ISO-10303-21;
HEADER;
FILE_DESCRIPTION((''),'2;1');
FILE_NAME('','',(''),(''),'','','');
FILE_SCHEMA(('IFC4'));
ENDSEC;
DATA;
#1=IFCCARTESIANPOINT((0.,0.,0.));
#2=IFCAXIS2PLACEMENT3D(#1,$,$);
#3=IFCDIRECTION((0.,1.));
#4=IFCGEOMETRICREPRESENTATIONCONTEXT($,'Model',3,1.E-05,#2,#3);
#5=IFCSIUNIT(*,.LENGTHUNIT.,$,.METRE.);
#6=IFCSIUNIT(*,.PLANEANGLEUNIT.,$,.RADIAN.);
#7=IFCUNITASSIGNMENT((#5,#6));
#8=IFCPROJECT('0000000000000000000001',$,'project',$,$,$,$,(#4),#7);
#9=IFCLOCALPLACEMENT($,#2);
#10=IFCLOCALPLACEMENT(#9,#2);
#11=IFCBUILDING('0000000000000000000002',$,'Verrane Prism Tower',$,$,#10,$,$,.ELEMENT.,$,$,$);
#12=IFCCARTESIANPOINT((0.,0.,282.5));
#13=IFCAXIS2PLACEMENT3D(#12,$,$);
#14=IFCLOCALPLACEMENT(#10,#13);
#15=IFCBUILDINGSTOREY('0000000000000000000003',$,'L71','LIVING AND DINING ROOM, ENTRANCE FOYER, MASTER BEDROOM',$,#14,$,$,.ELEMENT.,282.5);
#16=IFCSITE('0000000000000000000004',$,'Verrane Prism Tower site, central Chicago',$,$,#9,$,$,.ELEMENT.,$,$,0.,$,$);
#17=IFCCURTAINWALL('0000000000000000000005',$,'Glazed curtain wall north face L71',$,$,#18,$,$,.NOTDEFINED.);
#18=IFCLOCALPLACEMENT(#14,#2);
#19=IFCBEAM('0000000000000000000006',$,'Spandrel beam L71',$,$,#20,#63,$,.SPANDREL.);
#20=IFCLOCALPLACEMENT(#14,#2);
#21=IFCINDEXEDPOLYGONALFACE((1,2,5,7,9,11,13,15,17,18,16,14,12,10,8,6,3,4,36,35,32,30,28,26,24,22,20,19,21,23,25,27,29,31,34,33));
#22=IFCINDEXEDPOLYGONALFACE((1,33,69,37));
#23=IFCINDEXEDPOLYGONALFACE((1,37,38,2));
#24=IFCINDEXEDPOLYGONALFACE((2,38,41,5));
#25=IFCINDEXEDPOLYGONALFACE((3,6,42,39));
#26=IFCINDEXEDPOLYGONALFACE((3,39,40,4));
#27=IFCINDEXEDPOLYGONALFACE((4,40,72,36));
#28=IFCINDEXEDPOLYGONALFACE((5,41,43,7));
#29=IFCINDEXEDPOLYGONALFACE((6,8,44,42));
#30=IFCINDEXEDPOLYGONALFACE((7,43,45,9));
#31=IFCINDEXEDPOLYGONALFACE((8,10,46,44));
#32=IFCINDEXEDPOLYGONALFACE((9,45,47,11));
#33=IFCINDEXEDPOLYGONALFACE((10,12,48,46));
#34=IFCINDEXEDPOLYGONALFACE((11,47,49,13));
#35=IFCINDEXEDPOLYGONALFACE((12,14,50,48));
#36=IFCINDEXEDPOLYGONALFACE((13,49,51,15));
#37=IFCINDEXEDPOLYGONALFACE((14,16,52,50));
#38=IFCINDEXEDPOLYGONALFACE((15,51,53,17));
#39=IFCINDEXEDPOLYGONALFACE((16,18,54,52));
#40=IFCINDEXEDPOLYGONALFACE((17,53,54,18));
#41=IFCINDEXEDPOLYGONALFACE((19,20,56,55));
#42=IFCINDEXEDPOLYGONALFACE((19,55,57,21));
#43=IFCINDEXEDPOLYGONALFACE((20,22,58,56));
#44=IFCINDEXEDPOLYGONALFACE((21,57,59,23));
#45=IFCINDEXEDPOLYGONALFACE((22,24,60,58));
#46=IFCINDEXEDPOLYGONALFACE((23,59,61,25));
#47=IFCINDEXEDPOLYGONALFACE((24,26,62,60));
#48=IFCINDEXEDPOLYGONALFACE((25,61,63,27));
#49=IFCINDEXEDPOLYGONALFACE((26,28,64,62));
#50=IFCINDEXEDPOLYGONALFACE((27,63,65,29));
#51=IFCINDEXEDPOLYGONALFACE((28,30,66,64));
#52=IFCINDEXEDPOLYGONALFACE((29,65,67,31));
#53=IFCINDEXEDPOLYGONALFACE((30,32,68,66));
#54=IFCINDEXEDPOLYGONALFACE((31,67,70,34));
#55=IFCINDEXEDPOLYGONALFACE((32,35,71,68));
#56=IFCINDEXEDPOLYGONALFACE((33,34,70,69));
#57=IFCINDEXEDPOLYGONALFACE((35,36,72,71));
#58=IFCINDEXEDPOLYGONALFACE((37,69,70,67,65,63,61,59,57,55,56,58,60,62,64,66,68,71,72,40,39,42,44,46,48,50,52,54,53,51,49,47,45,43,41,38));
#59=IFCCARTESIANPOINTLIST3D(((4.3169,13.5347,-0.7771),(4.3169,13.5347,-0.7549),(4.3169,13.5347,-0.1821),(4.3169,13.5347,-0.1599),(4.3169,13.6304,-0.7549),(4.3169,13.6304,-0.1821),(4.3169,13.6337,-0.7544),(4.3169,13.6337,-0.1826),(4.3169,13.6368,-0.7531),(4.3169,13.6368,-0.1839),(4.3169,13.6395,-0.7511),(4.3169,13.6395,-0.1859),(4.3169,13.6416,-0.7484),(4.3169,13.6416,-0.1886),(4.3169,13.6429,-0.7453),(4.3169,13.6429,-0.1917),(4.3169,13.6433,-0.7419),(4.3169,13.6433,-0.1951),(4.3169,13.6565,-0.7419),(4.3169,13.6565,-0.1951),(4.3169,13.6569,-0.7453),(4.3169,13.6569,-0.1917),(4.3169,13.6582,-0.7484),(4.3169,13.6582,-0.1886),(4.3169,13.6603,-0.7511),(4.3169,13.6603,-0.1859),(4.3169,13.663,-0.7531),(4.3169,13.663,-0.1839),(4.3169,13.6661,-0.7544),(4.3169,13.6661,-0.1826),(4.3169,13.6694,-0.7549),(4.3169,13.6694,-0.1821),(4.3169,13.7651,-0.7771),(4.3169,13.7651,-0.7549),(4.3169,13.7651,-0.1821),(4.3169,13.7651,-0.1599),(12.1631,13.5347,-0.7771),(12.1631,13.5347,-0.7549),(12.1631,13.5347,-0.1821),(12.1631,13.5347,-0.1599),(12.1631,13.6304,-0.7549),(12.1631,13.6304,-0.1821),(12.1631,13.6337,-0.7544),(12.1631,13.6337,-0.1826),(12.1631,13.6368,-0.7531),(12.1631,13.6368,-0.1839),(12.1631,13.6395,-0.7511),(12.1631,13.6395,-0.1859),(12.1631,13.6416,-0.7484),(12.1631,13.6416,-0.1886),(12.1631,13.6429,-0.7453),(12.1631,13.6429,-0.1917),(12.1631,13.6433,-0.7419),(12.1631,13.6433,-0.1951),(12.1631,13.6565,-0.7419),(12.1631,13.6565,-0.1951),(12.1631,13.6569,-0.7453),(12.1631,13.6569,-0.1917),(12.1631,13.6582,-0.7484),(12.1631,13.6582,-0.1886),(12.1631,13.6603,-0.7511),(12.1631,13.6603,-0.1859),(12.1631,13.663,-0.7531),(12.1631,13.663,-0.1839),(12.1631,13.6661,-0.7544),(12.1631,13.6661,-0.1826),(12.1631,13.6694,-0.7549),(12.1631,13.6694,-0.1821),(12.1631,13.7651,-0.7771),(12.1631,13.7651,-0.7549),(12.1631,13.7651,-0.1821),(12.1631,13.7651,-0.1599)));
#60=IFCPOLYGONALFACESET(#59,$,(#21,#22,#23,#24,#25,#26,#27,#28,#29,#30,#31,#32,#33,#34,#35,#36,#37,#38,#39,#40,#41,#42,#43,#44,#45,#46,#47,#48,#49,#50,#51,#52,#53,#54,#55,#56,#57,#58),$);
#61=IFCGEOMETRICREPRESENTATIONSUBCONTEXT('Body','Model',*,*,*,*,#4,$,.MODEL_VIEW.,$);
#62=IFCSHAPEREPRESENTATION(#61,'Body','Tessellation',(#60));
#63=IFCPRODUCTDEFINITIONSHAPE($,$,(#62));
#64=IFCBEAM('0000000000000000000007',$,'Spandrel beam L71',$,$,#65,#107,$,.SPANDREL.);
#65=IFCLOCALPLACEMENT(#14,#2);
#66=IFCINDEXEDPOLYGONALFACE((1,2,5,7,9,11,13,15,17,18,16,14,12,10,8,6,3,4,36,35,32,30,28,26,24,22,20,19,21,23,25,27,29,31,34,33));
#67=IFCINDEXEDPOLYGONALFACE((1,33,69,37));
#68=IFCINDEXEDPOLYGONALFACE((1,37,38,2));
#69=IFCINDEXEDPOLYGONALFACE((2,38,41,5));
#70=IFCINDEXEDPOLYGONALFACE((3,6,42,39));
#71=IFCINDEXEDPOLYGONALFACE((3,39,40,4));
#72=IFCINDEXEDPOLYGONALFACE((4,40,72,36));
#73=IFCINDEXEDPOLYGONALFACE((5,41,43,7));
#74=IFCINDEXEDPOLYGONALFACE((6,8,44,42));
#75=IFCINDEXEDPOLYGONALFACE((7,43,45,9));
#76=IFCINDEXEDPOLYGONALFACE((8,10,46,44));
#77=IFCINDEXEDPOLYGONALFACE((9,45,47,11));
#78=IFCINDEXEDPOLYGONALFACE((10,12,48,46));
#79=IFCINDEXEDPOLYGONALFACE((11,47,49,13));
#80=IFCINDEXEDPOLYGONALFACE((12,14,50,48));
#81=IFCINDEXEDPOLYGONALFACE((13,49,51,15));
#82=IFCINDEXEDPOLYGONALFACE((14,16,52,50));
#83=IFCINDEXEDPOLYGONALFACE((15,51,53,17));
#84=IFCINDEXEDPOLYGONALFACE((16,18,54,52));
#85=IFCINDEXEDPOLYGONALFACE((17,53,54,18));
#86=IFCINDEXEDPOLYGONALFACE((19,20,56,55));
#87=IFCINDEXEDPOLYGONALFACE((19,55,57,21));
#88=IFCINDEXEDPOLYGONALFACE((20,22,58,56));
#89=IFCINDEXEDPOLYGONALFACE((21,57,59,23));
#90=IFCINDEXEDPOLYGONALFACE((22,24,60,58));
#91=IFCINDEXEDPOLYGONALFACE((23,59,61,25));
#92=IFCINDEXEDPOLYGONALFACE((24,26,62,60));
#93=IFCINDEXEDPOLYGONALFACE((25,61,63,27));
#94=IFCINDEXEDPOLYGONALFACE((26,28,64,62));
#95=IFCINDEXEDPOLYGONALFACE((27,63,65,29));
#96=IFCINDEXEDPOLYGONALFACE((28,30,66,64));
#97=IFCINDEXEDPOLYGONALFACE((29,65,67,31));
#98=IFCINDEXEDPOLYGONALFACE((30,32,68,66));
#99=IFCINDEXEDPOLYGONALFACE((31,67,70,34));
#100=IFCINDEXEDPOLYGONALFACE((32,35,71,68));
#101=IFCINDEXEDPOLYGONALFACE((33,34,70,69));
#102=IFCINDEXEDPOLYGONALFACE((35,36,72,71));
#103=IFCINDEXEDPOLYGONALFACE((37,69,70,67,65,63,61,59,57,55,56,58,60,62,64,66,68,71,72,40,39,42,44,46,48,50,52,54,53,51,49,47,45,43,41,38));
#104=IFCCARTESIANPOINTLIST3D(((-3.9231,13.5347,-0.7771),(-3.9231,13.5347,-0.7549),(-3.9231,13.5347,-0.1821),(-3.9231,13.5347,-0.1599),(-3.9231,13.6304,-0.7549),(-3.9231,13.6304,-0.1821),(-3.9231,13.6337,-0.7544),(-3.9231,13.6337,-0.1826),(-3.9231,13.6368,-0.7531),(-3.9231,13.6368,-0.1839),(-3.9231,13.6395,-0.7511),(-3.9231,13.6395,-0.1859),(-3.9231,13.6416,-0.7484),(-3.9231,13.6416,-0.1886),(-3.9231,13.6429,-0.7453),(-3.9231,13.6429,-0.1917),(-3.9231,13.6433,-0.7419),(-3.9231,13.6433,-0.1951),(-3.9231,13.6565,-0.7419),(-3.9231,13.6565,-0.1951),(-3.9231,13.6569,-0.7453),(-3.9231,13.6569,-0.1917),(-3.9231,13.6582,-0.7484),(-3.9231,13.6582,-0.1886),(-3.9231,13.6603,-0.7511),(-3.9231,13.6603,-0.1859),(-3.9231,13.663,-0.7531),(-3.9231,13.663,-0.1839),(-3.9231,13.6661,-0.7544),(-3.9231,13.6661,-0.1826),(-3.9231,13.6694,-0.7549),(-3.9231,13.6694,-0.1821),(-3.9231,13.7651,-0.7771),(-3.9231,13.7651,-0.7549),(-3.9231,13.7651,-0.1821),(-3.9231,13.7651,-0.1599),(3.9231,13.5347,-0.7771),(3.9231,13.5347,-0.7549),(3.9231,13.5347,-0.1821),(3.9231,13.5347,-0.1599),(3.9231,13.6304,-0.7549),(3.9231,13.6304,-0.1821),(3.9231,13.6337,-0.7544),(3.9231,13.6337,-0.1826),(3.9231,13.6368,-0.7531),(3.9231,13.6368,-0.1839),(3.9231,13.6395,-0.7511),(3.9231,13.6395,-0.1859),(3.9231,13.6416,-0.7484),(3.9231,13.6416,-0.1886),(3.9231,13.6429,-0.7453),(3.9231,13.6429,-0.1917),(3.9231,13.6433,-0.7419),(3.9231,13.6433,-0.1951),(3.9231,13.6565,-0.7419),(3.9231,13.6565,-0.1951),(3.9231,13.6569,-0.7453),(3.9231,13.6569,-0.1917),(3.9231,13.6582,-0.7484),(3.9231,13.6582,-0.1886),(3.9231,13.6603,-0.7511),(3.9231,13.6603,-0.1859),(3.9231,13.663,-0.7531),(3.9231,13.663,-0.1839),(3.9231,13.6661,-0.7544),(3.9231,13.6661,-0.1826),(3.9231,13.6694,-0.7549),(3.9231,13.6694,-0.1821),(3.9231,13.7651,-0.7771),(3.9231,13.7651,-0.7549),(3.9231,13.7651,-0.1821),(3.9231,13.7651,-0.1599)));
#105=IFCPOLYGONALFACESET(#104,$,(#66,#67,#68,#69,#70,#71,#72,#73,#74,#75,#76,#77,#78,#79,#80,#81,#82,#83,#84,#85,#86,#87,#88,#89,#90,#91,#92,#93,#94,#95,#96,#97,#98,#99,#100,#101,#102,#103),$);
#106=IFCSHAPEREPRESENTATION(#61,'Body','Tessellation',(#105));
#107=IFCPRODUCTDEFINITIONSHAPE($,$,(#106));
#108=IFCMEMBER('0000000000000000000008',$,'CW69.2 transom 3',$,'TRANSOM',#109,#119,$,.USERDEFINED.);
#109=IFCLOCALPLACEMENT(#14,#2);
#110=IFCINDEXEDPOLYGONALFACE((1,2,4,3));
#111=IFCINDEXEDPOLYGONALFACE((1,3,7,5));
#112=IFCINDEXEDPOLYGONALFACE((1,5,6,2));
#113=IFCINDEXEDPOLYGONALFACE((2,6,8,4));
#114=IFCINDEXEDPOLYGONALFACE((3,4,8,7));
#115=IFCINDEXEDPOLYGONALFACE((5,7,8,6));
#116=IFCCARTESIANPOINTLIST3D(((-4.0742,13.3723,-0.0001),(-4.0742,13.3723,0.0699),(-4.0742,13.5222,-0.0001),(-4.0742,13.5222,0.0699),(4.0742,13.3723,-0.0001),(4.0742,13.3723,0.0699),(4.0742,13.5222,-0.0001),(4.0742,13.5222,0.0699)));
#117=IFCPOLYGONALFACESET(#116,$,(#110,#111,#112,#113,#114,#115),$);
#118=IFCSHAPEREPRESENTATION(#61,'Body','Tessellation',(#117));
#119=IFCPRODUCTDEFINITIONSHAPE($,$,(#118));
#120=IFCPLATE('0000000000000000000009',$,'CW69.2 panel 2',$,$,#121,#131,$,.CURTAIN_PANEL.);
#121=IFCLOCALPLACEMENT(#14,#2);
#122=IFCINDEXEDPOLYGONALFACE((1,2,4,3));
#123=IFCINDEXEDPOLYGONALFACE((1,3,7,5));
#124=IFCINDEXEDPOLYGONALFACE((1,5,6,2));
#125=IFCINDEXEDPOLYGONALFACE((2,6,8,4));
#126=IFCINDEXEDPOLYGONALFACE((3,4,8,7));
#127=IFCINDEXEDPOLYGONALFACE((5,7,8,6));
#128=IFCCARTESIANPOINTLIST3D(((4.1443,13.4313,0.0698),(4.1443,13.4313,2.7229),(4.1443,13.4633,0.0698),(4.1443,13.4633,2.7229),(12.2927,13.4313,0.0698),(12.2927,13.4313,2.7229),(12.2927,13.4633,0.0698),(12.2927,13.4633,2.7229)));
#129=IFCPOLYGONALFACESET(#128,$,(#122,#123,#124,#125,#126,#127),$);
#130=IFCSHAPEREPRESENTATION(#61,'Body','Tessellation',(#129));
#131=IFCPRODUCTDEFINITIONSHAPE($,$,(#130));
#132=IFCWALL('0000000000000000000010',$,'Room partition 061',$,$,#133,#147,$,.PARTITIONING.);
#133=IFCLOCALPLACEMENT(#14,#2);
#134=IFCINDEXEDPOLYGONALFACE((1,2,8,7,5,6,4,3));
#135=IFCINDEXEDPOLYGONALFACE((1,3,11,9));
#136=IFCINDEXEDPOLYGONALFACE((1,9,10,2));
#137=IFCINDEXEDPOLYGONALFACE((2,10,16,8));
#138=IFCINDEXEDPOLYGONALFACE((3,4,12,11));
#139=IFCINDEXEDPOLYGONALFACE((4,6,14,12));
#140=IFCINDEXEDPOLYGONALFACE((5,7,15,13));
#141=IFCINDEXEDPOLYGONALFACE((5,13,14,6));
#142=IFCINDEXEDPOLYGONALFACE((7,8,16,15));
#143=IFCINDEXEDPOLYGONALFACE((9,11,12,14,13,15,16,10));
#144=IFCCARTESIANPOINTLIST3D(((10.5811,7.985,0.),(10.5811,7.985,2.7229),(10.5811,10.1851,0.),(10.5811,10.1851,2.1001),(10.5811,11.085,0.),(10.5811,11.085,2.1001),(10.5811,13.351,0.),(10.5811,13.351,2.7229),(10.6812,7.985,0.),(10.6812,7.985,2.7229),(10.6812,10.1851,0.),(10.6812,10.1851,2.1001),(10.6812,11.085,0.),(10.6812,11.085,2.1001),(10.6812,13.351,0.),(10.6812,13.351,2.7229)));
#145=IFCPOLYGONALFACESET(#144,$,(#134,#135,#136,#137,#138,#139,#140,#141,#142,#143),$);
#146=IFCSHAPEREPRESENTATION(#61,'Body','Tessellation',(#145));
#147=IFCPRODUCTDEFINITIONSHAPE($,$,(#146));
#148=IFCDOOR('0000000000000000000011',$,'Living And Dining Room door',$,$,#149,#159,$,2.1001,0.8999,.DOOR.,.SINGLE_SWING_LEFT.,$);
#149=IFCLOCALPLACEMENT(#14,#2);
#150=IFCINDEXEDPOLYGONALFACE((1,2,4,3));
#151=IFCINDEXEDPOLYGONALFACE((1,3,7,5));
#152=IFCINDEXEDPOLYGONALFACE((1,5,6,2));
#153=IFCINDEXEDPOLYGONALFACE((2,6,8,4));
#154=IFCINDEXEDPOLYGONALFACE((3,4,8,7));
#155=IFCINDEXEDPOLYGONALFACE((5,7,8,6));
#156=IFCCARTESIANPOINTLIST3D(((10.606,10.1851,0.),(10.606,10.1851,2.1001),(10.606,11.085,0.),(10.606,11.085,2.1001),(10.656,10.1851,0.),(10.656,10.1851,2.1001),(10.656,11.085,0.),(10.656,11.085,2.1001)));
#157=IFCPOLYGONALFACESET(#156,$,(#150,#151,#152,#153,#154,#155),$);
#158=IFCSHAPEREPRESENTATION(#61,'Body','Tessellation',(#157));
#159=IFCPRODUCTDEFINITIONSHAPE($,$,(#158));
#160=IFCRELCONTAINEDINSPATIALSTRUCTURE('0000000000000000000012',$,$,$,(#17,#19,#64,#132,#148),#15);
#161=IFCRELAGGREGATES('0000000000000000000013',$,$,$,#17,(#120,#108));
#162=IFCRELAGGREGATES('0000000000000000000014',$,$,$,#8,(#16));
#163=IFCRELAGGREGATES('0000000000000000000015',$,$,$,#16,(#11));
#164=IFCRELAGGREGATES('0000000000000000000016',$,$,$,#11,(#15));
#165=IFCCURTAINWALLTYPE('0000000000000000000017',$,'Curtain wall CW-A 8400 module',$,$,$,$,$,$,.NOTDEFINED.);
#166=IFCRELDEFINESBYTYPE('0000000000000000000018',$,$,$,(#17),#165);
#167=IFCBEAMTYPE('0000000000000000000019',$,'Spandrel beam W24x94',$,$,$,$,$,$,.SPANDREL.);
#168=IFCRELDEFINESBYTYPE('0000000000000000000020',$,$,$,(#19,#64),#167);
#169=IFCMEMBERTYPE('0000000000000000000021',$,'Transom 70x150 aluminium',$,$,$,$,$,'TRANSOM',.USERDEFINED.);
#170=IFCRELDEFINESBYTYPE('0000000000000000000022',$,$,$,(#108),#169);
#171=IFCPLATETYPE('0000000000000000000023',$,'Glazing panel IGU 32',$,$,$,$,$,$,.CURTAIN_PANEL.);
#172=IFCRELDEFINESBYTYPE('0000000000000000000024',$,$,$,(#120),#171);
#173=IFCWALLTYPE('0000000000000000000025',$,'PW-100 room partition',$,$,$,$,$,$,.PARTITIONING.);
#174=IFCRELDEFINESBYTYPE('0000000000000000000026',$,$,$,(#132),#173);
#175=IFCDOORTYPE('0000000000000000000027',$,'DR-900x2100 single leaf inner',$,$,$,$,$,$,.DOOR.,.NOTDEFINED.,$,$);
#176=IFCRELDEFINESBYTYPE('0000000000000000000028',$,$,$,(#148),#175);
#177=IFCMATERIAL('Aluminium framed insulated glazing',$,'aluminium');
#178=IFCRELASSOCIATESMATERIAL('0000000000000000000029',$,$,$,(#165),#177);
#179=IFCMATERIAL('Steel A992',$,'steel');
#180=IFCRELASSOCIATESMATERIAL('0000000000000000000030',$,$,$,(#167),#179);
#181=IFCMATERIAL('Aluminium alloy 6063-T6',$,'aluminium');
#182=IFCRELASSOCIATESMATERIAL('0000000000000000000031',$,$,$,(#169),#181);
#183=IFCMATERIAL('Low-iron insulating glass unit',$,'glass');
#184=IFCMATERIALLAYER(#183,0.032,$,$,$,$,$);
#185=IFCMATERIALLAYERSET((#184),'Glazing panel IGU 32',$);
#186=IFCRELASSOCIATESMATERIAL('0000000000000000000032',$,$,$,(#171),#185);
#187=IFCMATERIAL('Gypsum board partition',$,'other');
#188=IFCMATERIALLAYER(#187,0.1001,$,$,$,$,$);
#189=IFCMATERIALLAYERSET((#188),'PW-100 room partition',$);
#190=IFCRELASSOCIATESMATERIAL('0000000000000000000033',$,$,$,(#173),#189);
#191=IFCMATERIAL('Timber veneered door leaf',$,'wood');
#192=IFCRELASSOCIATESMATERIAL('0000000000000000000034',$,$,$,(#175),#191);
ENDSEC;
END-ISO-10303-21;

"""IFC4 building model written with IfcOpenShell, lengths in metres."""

from ifc_helpers import new_model, si_unit, direction, frame, frame_2d, origin, origin_2d, place, context, subcontext, project, spatial, rectangle, i_section, extrude, material, layer, layer_set, material_profile, profile_set, type_object, element, fill, aggregate, save


model = new_model("IFC4")

# Units and contexts
model_context = context("Model", 3, precision=1e-05, world=origin(), true_north=direction((0.0, 1.0)))
body_context = subcontext(model_context, "Body", "Model", "MODEL_VIEW")
ifc_project = project(units=[si_unit("LENGTHUNIT", "METRE"), si_unit("PLANEANGLEUNIT", "RADIAN")], contexts=[model_context])

# Site, building, storey
site_placement = place(None, origin())
site = spatial("IfcSite", under=ifc_project, at=site_placement, Name="Verrane Prism Tower site, central Chicago", CompositionType="ELEMENT", RefElevation=0.0)
building_placement = place(site_placement, origin())
building = spatial("IfcBuilding", under=site, at=building_placement, Name="Verrane Prism Tower", CompositionType="ELEMENT")
storey_placement = place(building_placement, frame((0.0, 0.0, 282.5)))
storey = spatial("IfcBuildingStorey", under=building, at=storey_placement, Name="L71", Description="LIVING AND DINING ROOM, ENTRANCE FOYER, MASTER BEDROOM", CompositionType="ELEMENT", Elevation=282.5)

# Curtain wall
ifc_material_1 = material(Name="Aluminium framed insulated glazing", Category="aluminium")
curtain_wall_type = type_object("IfcCurtainWallType", Name="Curtain wall CW-A 8400 module", PredefinedType="NOTDEFINED", material=ifc_material_1)
curtain_wall_placement = place(storey_placement, origin())
curtain_wall = element("IfcCurtainWall", 1, at=curtain_wall_placement, inside=storey, type_object=curtain_wall_type, Name="Glazed curtain wall north face L71", PredefinedType="NOTDEFINED")

# Beams
ifc_material_2 = material(Name="Steel A992", Category="steel")
ifc_material_profile_1 = material_profile(ifc_material_2, i_section(OverallWidth=0.2305, OverallDepth=0.6172, WebThickness=0.0132, FlangeThickness=0.0222, FilletRadius=0.0129, at=origin_2d()), Name="W24x94")
ifc_profile_set_1 = profile_set([ifc_material_profile_1], Name="Steel A992")
beam_type_1 = type_object("IfcBeamType", Name="Spandrel beam W24x94", PredefinedType="SPANDREL", material=ifc_profile_set_1)
for number, where, z_axis, x_axis, name in (
    (2, (12.1631, 13.6499, -0.4685), (-1.0, 0.0, 0.0), (0.0, -1.0, 0.0), "Spandrel beam L71"),
    (3, (3.9231, 13.6499, -0.4685), (-1.0, 0.0, 0.0), (0.0, -1.0, 0.0), "Spandrel beam L71"),
):
    element("IfcBeam", number, at=place(storey_placement, frame(where, z_axis=z_axis, x_axis=x_axis)), inside=storey, type_object=beam_type_1, Name=name, PredefinedType="SPANDREL", context=body_context, shape_type="SweptSolid", body=[
        extrude(i_section(OverallWidth=0.2305, OverallDepth=0.6172, WebThickness=0.0132, FlangeThickness=0.0222, FilletRadius=0.0129, at=origin_2d()), origin(), (0.0, 0.0, 1.0), 7.8462),
    ])

# Member
ifc_material_3 = material(Name="Aluminium alloy 6063-T6", Category="aluminium")
ifc_material_profile_2 = material_profile(ifc_material_3, rectangle(XDim=0.1499, YDim=0.0701, at=origin_2d()), Name="Transom 70x150 aluminium")
ifc_profile_set_2 = profile_set([ifc_material_profile_2], Name="Aluminium alloy 6063-T6")
member_type_1 = type_object("IfcMemberType", Name="Transom 70x150 aluminium", ElementType="TRANSOM", PredefinedType="USERDEFINED", material=ifc_profile_set_2)
member_1_placement = place(storey_placement, frame((4.0742, 13.4473, 0.0349), z_axis=(-1.0, 0.0, 0.0), x_axis=(0.0, -1.0, 0.0)))
member_1 = element("IfcMember", 4, at=member_1_placement, type_object=member_type_1, Name="CW69.2 transom 3", ObjectType="TRANSOM", PredefinedType="USERDEFINED", context=body_context, shape_type="SweptSolid", body=[
    extrude(rectangle(XDim=0.1499, YDim=0.0701, at=origin_2d()), origin(), (0.0, 0.0, 1.0), 8.1484),
])

# Plate
ifc_material_4 = material(Name="Low-iron insulating glass unit", Category="glass")
ifc_layer_1 = layer(ifc_material_4, 0.032)
ifc_layer_set_1 = layer_set([ifc_layer_1], Name="Glazing panel IGU 32")
plate_type = type_object("IfcPlateType", Name="Glazing panel IGU 32", PredefinedType="CURTAIN_PANEL", material=ifc_layer_set_1)
plate_placement = place(storey_placement, frame((8.2185, 13.4473, 0.0698), z_axis=(0.0, 0.0, 1.0), x_axis=(-1.0, 0.0, 0.0)))
plate = element("IfcPlate", 5, at=plate_placement, type_object=plate_type, Name="CW69.2 panel 2", PredefinedType="CURTAIN_PANEL", context=body_context, shape_type="SweptSolid", body=[
    extrude(rectangle(XDim=8.1484, YDim=0.032, at=origin_2d()), origin(), (0.0, 0.0, 1.0), 2.6531),
])
aggregate(curtain_wall, [plate, member_1])

# Wall, opening, door
ifc_material_5 = material(Name="Gypsum board partition", Category="other")
ifc_layer_2 = layer(ifc_material_5, 0.1001)
ifc_layer_set_2 = layer_set([ifc_layer_2], Name="PW-100 room partition")
wall_type_1 = type_object("IfcWallType", Name="PW-100 room partition", PredefinedType="PARTITIONING", material=ifc_layer_set_2)
wall_1_placement = place(storey_placement, frame((10.6311, 13.3511, 0.0), z_axis=(0.0, 0.0, 1.0), x_axis=(0.0, -1.0, 0.0)))
wall_1 = element("IfcWall", 6, at=wall_1_placement, inside=storey, type_object=wall_type_1, Name="Room partition 061", PredefinedType="PARTITIONING", context=body_context, shape_type="SweptSolid", body=[
    extrude(rectangle(XDim=5.366, YDim=0.1001, at=frame_2d((2.6831, 0.0))), origin(), (0.0, 0.0, 1.0), 2.7229),
])
opening_1_placement = place(wall_1_placement, frame((2.2661, 0.0, 0.0)))
opening_1 = element("IfcOpeningElement", 7, at=opening_1_placement, cuts=wall_1, PredefinedType="OPENING", context=body_context, shape_type="SweptSolid", body=[
    extrude(rectangle(XDim=0.8999, YDim=2.1001, at=frame_2d((0.45, 1.05))), frame((0.0, 0.0601, 0.0), z_axis=(0.0, -1.0, 0.0), x_axis=(1.0, 0.0, 0.0)), (0.0, 0.0, 1.0), 0.1201),
])
ifc_material_6 = material(Name="Timber veneered door leaf", Category="wood")
door_type_1 = type_object("IfcDoorType", Name="DR-900x2100 single leaf inner", OperationType="NOTDEFINED", PredefinedType="DOOR", material=ifc_material_6)
door_1_placement = place(opening_1_placement, origin())
door_1 = element("IfcDoor", 8, at=door_1_placement, inside=storey, type_object=door_type_1, Name="Living And Dining Room door", OperationType="SINGLE_SWING_LEFT", OverallHeight=2.1001, OverallWidth=0.8999, PredefinedType="DOOR", context=body_context, shape_type="SweptSolid", body=[
    extrude(rectangle(XDim=0.8999, YDim=2.1001, at=frame_2d((0.45, 1.05))), frame((0.0, 0.0249, 0.0), z_axis=(0.0, -1.0, 0.0), x_axis=(1.0, 0.0, 0.0)), (0.0, 0.0, 1.0), 0.05),
])
fill(opening_1, door_1)

save(model, "model.ifc")
